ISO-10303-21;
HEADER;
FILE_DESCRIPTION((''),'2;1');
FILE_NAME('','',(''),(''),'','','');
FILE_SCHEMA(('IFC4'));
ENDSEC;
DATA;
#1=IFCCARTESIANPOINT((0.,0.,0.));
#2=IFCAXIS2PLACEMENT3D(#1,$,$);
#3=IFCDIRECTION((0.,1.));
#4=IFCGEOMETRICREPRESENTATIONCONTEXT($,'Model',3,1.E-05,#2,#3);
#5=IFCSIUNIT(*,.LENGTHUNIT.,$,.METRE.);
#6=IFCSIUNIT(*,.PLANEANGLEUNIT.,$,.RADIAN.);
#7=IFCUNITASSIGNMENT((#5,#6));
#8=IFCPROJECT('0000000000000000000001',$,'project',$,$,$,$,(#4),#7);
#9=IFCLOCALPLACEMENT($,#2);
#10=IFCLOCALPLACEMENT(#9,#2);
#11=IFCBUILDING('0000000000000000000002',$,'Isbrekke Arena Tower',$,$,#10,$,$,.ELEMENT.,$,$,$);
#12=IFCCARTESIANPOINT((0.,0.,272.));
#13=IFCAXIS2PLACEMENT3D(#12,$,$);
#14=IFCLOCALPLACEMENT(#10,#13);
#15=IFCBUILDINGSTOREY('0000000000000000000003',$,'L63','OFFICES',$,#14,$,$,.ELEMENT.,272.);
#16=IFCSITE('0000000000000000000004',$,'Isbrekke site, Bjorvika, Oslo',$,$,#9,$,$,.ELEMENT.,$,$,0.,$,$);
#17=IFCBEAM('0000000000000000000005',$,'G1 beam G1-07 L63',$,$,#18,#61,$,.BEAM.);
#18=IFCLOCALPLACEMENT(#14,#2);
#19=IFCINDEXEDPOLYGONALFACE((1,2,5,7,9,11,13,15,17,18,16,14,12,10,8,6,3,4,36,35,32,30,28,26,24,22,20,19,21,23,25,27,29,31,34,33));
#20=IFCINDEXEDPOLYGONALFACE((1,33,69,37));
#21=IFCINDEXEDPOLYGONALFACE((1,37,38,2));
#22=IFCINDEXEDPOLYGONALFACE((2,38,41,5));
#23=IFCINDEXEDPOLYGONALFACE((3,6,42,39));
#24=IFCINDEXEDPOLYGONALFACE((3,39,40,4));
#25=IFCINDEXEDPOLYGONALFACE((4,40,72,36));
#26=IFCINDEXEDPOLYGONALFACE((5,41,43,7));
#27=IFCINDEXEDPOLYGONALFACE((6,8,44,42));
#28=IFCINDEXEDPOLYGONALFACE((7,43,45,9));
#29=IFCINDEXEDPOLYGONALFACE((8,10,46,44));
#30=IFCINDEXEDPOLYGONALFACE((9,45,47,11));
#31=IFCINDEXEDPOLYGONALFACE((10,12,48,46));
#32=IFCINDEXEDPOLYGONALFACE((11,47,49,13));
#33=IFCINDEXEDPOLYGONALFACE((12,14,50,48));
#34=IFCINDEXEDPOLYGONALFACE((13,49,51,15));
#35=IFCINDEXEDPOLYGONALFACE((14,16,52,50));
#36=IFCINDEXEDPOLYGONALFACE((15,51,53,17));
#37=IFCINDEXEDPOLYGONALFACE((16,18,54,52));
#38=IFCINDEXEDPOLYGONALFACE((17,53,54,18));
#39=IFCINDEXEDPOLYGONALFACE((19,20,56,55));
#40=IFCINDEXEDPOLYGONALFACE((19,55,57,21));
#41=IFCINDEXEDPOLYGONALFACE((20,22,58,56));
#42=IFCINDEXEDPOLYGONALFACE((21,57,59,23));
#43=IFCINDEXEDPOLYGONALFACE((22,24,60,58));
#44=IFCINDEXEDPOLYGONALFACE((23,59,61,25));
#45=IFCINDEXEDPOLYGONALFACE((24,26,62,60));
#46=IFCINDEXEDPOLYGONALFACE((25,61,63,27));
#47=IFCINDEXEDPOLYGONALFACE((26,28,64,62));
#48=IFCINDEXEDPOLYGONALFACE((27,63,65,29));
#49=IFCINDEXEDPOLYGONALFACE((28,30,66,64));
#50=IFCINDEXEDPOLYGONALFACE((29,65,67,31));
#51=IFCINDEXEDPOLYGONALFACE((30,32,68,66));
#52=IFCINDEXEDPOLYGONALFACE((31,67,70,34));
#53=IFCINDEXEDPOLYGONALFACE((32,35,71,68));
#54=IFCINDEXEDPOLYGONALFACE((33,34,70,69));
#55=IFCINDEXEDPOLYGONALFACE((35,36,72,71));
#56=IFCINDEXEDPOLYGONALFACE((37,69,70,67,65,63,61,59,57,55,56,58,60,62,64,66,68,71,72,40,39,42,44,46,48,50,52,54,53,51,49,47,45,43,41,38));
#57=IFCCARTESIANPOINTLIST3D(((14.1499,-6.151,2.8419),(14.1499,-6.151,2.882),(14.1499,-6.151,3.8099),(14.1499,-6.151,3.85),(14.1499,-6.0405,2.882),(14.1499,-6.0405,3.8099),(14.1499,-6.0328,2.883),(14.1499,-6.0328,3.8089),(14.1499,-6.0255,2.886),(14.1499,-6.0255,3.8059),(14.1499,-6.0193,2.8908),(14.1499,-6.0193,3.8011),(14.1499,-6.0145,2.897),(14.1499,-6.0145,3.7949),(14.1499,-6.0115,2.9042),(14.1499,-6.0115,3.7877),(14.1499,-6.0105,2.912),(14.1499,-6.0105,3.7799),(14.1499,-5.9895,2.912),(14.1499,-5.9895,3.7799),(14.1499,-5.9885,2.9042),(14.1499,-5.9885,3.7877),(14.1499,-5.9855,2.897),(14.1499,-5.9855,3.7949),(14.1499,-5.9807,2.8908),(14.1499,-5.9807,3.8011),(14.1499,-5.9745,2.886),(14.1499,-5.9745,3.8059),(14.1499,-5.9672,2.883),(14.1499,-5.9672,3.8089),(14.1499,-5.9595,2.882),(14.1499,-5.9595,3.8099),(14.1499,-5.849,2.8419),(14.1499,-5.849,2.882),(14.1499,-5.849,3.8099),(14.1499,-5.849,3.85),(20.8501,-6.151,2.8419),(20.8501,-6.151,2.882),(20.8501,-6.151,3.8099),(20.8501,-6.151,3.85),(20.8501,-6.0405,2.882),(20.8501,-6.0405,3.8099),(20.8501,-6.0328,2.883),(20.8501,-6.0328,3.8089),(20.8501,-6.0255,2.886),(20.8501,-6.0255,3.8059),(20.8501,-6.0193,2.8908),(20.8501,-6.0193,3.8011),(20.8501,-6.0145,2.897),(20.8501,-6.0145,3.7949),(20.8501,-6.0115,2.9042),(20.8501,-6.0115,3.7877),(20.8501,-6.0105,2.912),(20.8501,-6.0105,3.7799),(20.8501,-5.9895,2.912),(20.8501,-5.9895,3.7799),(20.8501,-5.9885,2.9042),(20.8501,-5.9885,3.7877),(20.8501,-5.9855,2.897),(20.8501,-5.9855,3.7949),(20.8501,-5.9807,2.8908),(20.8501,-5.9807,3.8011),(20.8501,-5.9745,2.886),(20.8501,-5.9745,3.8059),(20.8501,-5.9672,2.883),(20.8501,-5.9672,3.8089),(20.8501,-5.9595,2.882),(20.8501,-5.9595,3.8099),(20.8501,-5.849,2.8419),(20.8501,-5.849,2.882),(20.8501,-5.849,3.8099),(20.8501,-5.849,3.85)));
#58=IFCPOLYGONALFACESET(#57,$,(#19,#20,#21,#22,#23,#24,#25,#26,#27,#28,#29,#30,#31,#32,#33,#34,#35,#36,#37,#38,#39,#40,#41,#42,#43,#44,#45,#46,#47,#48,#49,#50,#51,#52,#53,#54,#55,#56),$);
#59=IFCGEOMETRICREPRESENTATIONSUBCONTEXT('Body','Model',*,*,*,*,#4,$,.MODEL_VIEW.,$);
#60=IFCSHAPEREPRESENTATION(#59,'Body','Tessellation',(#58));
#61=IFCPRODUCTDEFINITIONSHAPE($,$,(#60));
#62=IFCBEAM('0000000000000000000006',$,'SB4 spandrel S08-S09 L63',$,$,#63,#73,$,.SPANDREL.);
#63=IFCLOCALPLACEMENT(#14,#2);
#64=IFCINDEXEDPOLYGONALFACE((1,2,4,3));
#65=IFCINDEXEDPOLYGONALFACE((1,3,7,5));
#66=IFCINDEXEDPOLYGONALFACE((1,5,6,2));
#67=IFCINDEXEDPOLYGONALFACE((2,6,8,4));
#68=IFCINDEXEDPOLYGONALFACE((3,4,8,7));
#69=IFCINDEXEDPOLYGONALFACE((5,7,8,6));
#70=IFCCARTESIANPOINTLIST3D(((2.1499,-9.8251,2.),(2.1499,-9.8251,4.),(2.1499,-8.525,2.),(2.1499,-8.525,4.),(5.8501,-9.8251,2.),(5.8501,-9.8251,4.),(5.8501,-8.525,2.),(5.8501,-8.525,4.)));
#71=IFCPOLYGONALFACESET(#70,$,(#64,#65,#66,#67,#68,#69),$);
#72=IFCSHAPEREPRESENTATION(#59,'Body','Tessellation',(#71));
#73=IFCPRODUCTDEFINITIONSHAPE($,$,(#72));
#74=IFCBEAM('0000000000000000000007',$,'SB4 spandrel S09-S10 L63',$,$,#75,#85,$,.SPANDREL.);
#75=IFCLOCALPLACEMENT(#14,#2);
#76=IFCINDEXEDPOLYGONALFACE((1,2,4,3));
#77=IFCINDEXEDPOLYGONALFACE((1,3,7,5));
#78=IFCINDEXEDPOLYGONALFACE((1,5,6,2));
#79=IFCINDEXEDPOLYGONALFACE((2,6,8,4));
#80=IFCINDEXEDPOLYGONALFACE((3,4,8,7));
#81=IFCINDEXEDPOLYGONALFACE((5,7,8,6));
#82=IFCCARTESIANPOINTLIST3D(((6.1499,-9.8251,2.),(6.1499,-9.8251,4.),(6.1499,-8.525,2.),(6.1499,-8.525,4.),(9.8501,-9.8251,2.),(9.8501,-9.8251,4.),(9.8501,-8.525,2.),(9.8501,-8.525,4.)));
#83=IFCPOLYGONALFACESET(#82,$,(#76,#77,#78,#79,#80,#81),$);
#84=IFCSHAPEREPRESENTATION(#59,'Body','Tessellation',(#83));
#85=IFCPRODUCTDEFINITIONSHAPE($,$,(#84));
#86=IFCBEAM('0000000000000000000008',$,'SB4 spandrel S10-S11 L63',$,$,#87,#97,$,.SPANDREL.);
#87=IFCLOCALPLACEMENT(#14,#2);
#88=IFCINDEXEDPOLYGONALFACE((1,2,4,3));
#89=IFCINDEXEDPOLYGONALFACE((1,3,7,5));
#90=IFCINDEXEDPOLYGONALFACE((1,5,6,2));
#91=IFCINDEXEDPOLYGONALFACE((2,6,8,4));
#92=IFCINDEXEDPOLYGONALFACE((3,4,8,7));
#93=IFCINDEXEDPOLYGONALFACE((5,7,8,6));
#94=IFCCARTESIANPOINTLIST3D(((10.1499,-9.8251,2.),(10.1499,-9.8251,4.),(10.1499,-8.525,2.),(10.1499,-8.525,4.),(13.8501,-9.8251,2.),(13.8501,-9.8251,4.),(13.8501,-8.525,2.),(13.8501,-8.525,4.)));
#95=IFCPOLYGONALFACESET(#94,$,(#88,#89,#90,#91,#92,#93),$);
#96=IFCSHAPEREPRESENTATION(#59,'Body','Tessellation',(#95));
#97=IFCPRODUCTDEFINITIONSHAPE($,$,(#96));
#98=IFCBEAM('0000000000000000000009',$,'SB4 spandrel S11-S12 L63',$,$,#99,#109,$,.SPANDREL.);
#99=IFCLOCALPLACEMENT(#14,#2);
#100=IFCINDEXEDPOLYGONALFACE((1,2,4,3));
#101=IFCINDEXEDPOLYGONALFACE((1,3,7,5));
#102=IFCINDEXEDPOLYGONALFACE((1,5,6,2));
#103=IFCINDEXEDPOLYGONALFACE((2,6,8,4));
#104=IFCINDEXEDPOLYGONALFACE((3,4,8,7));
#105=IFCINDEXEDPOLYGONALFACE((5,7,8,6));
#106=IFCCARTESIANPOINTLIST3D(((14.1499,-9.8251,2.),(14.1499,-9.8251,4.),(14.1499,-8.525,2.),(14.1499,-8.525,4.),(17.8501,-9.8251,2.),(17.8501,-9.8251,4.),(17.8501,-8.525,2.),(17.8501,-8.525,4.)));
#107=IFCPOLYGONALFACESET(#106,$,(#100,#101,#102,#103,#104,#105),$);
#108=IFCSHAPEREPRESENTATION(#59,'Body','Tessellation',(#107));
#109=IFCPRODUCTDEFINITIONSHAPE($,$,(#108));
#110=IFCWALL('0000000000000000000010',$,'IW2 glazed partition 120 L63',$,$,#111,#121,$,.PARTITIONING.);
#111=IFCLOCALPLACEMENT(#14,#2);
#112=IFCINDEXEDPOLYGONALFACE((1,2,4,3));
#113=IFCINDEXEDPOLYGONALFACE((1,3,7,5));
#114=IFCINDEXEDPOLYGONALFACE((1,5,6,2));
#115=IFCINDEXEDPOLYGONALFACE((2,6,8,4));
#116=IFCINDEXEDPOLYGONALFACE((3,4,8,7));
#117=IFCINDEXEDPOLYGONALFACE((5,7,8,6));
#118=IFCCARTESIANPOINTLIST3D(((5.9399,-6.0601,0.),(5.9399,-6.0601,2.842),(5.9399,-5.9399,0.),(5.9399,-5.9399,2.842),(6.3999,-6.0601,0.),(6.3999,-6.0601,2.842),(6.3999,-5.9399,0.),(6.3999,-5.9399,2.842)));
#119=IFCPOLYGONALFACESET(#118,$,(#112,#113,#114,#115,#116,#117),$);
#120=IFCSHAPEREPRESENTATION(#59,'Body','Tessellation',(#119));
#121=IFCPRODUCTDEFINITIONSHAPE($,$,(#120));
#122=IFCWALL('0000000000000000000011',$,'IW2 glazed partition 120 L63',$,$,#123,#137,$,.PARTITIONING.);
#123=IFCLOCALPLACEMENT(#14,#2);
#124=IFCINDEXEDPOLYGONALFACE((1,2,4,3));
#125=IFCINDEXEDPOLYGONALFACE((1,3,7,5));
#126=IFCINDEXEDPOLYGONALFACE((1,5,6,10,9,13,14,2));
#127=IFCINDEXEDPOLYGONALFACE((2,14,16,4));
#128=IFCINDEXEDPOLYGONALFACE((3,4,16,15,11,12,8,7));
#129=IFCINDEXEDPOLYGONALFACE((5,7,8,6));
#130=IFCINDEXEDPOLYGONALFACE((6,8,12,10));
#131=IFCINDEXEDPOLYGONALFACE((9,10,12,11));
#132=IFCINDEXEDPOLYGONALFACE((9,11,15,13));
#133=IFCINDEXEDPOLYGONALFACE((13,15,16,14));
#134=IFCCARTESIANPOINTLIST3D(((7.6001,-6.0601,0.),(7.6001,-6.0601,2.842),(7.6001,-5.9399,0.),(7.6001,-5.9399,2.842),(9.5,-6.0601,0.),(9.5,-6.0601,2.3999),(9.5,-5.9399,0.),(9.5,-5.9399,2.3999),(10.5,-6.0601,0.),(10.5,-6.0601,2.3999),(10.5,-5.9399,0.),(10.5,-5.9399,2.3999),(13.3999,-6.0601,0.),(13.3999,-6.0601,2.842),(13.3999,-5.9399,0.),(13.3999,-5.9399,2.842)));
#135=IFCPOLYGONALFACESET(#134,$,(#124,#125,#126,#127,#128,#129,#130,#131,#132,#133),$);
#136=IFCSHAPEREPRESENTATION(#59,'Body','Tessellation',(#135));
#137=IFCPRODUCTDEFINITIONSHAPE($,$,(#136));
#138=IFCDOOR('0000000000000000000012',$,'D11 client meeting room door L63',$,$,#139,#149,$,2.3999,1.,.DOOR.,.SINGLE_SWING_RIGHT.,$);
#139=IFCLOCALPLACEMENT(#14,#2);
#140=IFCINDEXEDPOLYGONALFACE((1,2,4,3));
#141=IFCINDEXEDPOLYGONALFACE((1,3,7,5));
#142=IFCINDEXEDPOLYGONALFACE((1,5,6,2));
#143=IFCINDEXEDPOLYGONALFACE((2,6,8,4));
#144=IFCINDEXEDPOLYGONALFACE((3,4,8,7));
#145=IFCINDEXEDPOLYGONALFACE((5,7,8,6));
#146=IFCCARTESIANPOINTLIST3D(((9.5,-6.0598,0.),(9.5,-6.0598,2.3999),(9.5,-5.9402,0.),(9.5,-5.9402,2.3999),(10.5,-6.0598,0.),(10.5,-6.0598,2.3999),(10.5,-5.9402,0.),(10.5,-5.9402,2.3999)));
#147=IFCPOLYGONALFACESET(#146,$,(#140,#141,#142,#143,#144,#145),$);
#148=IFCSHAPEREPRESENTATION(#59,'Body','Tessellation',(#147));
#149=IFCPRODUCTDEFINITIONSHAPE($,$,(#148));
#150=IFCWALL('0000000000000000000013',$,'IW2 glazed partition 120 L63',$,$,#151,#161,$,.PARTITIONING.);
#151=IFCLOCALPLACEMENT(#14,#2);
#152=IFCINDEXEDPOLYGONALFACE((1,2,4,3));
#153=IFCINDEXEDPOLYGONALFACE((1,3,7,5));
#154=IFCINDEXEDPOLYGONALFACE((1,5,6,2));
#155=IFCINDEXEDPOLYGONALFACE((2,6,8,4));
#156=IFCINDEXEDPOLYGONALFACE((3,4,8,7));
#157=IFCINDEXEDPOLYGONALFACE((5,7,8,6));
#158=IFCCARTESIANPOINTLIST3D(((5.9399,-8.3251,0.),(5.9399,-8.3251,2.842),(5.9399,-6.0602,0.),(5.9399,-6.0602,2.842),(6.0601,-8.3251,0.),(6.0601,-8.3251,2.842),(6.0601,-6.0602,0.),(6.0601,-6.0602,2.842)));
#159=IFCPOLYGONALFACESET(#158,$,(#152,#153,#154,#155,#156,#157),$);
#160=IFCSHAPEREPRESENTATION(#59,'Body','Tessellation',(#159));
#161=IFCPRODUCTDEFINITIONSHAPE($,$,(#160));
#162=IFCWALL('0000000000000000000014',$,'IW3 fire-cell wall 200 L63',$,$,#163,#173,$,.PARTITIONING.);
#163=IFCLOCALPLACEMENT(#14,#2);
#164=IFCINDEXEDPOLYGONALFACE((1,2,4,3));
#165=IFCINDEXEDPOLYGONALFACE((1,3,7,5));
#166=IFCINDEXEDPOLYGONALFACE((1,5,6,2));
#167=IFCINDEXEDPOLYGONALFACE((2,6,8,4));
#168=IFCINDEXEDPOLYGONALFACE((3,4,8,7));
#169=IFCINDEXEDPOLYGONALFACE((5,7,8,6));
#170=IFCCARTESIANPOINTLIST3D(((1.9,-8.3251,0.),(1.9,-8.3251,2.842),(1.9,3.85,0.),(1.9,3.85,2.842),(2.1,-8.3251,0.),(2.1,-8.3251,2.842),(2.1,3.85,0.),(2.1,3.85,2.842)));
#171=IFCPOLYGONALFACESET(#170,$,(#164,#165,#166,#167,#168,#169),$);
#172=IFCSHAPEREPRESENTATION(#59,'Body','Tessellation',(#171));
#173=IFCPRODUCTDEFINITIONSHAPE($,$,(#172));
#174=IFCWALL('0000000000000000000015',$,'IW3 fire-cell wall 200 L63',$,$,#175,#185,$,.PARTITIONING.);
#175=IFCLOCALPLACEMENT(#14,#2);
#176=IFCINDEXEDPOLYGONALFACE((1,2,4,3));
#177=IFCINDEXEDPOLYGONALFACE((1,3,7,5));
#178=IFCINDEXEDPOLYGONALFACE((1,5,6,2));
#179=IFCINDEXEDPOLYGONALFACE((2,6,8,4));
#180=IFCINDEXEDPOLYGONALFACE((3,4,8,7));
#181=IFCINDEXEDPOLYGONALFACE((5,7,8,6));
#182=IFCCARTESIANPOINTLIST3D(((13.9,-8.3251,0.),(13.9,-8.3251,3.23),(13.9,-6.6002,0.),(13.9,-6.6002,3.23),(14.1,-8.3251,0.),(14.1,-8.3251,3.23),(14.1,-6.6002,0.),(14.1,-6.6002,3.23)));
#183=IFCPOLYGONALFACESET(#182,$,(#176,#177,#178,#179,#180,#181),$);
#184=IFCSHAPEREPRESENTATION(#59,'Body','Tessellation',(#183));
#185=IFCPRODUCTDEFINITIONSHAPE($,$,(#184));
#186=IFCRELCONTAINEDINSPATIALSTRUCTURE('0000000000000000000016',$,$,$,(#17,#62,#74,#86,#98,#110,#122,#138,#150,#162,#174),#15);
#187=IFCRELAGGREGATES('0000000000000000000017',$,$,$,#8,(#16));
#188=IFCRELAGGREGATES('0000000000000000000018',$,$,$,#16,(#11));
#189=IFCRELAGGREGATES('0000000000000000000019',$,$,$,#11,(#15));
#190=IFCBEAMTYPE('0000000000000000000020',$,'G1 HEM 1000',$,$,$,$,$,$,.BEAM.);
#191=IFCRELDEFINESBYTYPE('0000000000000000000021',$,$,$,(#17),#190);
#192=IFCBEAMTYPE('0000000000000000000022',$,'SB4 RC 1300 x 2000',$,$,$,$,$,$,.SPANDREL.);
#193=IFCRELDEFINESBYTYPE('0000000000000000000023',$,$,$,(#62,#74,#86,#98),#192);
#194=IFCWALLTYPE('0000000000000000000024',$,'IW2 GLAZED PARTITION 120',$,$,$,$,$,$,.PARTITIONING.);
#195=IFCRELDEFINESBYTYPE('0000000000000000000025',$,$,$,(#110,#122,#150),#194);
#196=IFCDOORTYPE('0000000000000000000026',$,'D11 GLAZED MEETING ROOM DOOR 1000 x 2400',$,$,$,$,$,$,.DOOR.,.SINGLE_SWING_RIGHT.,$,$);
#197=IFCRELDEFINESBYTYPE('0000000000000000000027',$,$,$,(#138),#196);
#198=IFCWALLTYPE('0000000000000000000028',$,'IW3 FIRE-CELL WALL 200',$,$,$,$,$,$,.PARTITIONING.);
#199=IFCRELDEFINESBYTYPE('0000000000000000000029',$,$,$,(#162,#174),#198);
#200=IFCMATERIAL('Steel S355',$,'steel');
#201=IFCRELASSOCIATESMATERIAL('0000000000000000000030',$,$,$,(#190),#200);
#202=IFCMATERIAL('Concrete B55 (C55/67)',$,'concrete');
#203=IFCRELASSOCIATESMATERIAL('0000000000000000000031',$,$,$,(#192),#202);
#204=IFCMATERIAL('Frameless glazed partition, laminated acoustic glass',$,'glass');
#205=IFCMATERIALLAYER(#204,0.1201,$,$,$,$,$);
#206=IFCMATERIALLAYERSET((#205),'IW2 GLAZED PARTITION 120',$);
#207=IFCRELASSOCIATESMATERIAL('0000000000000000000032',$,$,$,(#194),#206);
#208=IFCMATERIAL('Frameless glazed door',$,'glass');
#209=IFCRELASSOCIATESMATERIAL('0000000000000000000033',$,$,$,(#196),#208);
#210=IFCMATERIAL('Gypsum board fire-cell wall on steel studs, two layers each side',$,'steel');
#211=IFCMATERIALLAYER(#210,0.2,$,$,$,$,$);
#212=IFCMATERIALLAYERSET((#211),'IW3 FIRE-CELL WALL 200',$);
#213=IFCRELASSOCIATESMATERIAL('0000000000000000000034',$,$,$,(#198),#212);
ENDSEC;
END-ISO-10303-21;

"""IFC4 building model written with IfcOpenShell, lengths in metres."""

from ifc_helpers import new_model, si_unit, direction, frame, frame_2d, origin, origin_2d, place, context, subcontext, project, spatial, rectangle, i_section, extrude, material, layer, layer_set, material_profile, profile_set, type_object, element, fill, save


model = new_model("IFC4")

# Units and contexts
model_context = context("Model", 3, precision=1e-05, world=origin(), true_north=direction((0.0, 1.0)))
body_context = subcontext(model_context, "Body", "Model", "MODEL_VIEW")
ifc_project = project(units=[si_unit("LENGTHUNIT", "METRE"), si_unit("PLANEANGLEUNIT", "RADIAN")], contexts=[model_context])

# Site, building, storey
site_placement = place(None, origin())
site = spatial("IfcSite", under=ifc_project, at=site_placement, Name="Isbrekke site, Bjorvika, Oslo", CompositionType="ELEMENT", RefElevation=0.0)
building_placement = place(site_placement, origin())
building = spatial("IfcBuilding", under=site, at=building_placement, Name="Isbrekke Arena Tower", CompositionType="ELEMENT")
storey_placement = place(building_placement, frame((0.0, 0.0, 272.0)))
storey = spatial("IfcBuildingStorey", under=building, at=storey_placement, Name="L63", Description="OFFICES", CompositionType="ELEMENT", Elevation=272.0)

# Beams
ifc_material_1 = material(Name="Steel S355", Category="steel")
ifc_material_profile_1 = material_profile(ifc_material_1, i_section(OverallWidth=0.302, OverallDepth=1.0081, WebThickness=0.021, FlangeThickness=0.04, FilletRadius=0.03, at=origin_2d()), Name="HEM 1000")
ifc_profile_set_1 = profile_set([ifc_material_profile_1], Name="Steel S355")
beam_type_1 = type_object("IfcBeamType", Name="G1 HEM 1000", PredefinedType="BEAM", material=ifc_profile_set_1)
for number, where, z_axis, x_axis, name in (
    (1, (14.1499, -6.0, 3.3459), (1.0, 0.0, 0.0), (0.0, 1.0, 0.0), "G1 beam G1-07 L63"),
):
    element("IfcBeam", number, at=place(storey_placement, frame(where, z_axis=z_axis, x_axis=x_axis)), inside=storey, type_object=beam_type_1, Name=name, PredefinedType="BEAM", context=body_context, shape_type="SweptSolid", body=[
        extrude(i_section(OverallWidth=0.302, OverallDepth=1.0081, WebThickness=0.021, FlangeThickness=0.04, FilletRadius=0.03, at=origin_2d()), origin(), (0.0, 0.0, 1.0), 6.7002),
    ])
ifc_material_2 = material(Name="Concrete B55 (C55/67)", Category="concrete")
ifc_material_profile_2 = material_profile(ifc_material_2, rectangle(XDim=1.3, YDim=2.0, at=origin_2d()), Name="RC 1300x2000")
ifc_profile_set_2 = profile_set([ifc_material_profile_2], Name="Concrete B55 (C55/67)")
beam_type_2 = type_object("IfcBeamType", Name="SB4 RC 1300 x 2000", PredefinedType="SPANDREL", material=ifc_profile_set_2)
for number, where, z_axis, x_axis, name in (
    (2, (2.1499, -9.175, 3.0), (1.0, 0.0, 0.0), (0.0, 1.0, 0.0), "SB4 spandrel S08-S09 L63"),
    (3, (6.1499, -9.175, 3.0), (1.0, 0.0, 0.0), (0.0, 1.0, 0.0), "SB4 spandrel S09-S10 L63"),
    (4, (10.1499, -9.175, 3.0), (1.0, 0.0, 0.0), (0.0, 1.0, 0.0), "SB4 spandrel S10-S11 L63"),
    (5, (14.1499, -9.175, 3.0), (1.0, 0.0, 0.0), (0.0, 1.0, 0.0), "SB4 spandrel S11-S12 L63"),
):
    element("IfcBeam", number, at=place(storey_placement, frame(where, z_axis=z_axis, x_axis=x_axis)), inside=storey, type_object=beam_type_2, Name=name, PredefinedType="SPANDREL", context=body_context, shape_type="SweptSolid", body=[
        extrude(rectangle(XDim=1.3, YDim=2.0, at=origin_2d()), origin(), (0.0, 0.0, 1.0), 3.7002),
    ])

# Wall
ifc_material_3 = material(Name="Frameless glazed partition, laminated acoustic glass", Category="glass")
ifc_layer_1 = layer(ifc_material_3, 0.1201)
ifc_layer_set_1 = layer_set([ifc_layer_1], Name="IW2 GLAZED PARTITION 120")
wall_type_1 = type_object("IfcWallType", Name="IW2 GLAZED PARTITION 120", PredefinedType="PARTITIONING", material=ifc_layer_set_1)
wall_1_placement = place(storey_placement, frame((5.9399, -6.0, 0.0), z_axis=(0.0, 0.0, 1.0), x_axis=(1.0, 0.0, 0.0)))
element("IfcWall", 6, at=wall_1_placement, inside=storey, type_object=wall_type_1, Name="IW2 glazed partition 120 L63", PredefinedType="PARTITIONING", context=body_context, shape_type="SweptSolid", body=[
    extrude(rectangle(XDim=0.46, YDim=0.1201, at=frame_2d((0.23, 0.0))), origin(), (0.0, 0.0, 1.0), 2.842),
])

# Wall, opening, door
wall_2_placement = place(storey_placement, frame((7.6001, -6.0, 0.0), z_axis=(0.0, 0.0, 1.0), x_axis=(1.0, 0.0, 0.0)))
wall_2 = element("IfcWall", 7, at=wall_2_placement, inside=storey, type_object=wall_type_1, Name="IW2 glazed partition 120 L63", PredefinedType="PARTITIONING", context=body_context, shape_type="SweptSolid", body=[
    extrude(rectangle(XDim=5.7998, YDim=0.1201, at=frame_2d((2.8999, 0.0))), origin(), (0.0, 0.0, 1.0), 2.842),
])
opening_placement = place(wall_2_placement, frame((1.8999, 0.0, 0.0)))
opening = element("IfcOpeningElement", 8, at=opening_placement, cuts=wall_2, PredefinedType="OPENING", context=body_context, shape_type="SweptSolid", body=[
    extrude(rectangle(XDim=1.0, YDim=2.3999, at=frame_2d((0.5, 1.2))), frame((0.0, 0.075, 0.0), z_axis=(0.0, -1.0, 0.0), x_axis=(1.0, 0.0, 0.0)), (0.0, 0.0, 1.0), 0.1499),
])
ifc_material_4 = material(Name="Frameless glazed door", Category="glass")
door_type = type_object("IfcDoorType", Name="D11 GLAZED MEETING ROOM DOOR 1000 x 2400", OperationType="SINGLE_SWING_RIGHT", PredefinedType="DOOR", material=ifc_material_4)
door_placement = place(opening_placement, origin())
door = element("IfcDoor", 9, at=door_placement, inside=storey, type_object=door_type, Name="D11 client meeting room door L63", OperationType="SINGLE_SWING_RIGHT", OverallHeight=2.3999, OverallWidth=1.0, PredefinedType="DOOR", context=body_context, shape_type="SweptSolid", body=[
    extrude(rectangle(XDim=1.0, YDim=2.3999, at=frame_2d((0.5, 1.2))), frame((0.0, 0.0598, 0.0), z_axis=(0.0, -1.0, 0.0), x_axis=(1.0, 0.0, 0.0)), (0.0, 0.0, 1.0), 0.1196),
])
fill(opening, door)

# Walls
wall_3_placement = place(storey_placement, frame((6.0, -8.325, 0.0), z_axis=(0.0, 0.0, 1.0), x_axis=(0.0, 1.0, 0.0)))
element("IfcWall", 10, at=wall_3_placement, inside=storey, type_object=wall_type_1, Name="IW2 glazed partition 120 L63", PredefinedType="PARTITIONING", context=body_context, shape_type="SweptSolid", body=[
    extrude(rectangle(XDim=2.2649, YDim=0.1201, at=frame_2d((1.1323, 0.0))), origin(), (0.0, 0.0, 1.0), 2.842),
])
ifc_material_5 = material(Name="Gypsum board fire-cell wall on steel studs, two layers each side", Category="steel")
ifc_layer_2 = layer(ifc_material_5, 0.2)
ifc_layer_set_2 = layer_set([ifc_layer_2], Name="IW3 FIRE-CELL WALL 200")
wall_type_2 = type_object("IfcWallType", Name="IW3 FIRE-CELL WALL 200", PredefinedType="PARTITIONING", material=ifc_layer_set_2)
wall_4_placement = place(storey_placement, frame((2.0, -8.325, 0.0), z_axis=(0.0, 0.0, 1.0), x_axis=(0.0, 1.0, 0.0)))
element("IfcWall", 11, at=wall_4_placement, inside=storey, type_object=wall_type_2, Name="IW3 fire-cell wall 200 L63", PredefinedType="PARTITIONING", context=body_context, shape_type="SweptSolid", body=[
    extrude(rectangle(XDim=12.175, YDim=0.2, at=frame_2d((6.0874, 0.0))), origin(), (0.0, 0.0, 1.0), 2.842),
])
wall_5_placement = place(storey_placement, frame((14.0, -8.325, 0.0), z_axis=(0.0, 0.0, 1.0), x_axis=(0.0, 1.0, 0.0)))
element("IfcWall", 12, at=wall_5_placement, inside=storey, type_object=wall_type_2, Name="IW3 fire-cell wall 200 L63", PredefinedType="PARTITIONING", context=body_context, shape_type="SweptSolid", body=[
    extrude(rectangle(XDim=1.7249, YDim=0.2, at=frame_2d((0.8623, 0.0))), origin(), (0.0, 0.0, 1.0), 3.23),
])

save(model, "model.ifc")
